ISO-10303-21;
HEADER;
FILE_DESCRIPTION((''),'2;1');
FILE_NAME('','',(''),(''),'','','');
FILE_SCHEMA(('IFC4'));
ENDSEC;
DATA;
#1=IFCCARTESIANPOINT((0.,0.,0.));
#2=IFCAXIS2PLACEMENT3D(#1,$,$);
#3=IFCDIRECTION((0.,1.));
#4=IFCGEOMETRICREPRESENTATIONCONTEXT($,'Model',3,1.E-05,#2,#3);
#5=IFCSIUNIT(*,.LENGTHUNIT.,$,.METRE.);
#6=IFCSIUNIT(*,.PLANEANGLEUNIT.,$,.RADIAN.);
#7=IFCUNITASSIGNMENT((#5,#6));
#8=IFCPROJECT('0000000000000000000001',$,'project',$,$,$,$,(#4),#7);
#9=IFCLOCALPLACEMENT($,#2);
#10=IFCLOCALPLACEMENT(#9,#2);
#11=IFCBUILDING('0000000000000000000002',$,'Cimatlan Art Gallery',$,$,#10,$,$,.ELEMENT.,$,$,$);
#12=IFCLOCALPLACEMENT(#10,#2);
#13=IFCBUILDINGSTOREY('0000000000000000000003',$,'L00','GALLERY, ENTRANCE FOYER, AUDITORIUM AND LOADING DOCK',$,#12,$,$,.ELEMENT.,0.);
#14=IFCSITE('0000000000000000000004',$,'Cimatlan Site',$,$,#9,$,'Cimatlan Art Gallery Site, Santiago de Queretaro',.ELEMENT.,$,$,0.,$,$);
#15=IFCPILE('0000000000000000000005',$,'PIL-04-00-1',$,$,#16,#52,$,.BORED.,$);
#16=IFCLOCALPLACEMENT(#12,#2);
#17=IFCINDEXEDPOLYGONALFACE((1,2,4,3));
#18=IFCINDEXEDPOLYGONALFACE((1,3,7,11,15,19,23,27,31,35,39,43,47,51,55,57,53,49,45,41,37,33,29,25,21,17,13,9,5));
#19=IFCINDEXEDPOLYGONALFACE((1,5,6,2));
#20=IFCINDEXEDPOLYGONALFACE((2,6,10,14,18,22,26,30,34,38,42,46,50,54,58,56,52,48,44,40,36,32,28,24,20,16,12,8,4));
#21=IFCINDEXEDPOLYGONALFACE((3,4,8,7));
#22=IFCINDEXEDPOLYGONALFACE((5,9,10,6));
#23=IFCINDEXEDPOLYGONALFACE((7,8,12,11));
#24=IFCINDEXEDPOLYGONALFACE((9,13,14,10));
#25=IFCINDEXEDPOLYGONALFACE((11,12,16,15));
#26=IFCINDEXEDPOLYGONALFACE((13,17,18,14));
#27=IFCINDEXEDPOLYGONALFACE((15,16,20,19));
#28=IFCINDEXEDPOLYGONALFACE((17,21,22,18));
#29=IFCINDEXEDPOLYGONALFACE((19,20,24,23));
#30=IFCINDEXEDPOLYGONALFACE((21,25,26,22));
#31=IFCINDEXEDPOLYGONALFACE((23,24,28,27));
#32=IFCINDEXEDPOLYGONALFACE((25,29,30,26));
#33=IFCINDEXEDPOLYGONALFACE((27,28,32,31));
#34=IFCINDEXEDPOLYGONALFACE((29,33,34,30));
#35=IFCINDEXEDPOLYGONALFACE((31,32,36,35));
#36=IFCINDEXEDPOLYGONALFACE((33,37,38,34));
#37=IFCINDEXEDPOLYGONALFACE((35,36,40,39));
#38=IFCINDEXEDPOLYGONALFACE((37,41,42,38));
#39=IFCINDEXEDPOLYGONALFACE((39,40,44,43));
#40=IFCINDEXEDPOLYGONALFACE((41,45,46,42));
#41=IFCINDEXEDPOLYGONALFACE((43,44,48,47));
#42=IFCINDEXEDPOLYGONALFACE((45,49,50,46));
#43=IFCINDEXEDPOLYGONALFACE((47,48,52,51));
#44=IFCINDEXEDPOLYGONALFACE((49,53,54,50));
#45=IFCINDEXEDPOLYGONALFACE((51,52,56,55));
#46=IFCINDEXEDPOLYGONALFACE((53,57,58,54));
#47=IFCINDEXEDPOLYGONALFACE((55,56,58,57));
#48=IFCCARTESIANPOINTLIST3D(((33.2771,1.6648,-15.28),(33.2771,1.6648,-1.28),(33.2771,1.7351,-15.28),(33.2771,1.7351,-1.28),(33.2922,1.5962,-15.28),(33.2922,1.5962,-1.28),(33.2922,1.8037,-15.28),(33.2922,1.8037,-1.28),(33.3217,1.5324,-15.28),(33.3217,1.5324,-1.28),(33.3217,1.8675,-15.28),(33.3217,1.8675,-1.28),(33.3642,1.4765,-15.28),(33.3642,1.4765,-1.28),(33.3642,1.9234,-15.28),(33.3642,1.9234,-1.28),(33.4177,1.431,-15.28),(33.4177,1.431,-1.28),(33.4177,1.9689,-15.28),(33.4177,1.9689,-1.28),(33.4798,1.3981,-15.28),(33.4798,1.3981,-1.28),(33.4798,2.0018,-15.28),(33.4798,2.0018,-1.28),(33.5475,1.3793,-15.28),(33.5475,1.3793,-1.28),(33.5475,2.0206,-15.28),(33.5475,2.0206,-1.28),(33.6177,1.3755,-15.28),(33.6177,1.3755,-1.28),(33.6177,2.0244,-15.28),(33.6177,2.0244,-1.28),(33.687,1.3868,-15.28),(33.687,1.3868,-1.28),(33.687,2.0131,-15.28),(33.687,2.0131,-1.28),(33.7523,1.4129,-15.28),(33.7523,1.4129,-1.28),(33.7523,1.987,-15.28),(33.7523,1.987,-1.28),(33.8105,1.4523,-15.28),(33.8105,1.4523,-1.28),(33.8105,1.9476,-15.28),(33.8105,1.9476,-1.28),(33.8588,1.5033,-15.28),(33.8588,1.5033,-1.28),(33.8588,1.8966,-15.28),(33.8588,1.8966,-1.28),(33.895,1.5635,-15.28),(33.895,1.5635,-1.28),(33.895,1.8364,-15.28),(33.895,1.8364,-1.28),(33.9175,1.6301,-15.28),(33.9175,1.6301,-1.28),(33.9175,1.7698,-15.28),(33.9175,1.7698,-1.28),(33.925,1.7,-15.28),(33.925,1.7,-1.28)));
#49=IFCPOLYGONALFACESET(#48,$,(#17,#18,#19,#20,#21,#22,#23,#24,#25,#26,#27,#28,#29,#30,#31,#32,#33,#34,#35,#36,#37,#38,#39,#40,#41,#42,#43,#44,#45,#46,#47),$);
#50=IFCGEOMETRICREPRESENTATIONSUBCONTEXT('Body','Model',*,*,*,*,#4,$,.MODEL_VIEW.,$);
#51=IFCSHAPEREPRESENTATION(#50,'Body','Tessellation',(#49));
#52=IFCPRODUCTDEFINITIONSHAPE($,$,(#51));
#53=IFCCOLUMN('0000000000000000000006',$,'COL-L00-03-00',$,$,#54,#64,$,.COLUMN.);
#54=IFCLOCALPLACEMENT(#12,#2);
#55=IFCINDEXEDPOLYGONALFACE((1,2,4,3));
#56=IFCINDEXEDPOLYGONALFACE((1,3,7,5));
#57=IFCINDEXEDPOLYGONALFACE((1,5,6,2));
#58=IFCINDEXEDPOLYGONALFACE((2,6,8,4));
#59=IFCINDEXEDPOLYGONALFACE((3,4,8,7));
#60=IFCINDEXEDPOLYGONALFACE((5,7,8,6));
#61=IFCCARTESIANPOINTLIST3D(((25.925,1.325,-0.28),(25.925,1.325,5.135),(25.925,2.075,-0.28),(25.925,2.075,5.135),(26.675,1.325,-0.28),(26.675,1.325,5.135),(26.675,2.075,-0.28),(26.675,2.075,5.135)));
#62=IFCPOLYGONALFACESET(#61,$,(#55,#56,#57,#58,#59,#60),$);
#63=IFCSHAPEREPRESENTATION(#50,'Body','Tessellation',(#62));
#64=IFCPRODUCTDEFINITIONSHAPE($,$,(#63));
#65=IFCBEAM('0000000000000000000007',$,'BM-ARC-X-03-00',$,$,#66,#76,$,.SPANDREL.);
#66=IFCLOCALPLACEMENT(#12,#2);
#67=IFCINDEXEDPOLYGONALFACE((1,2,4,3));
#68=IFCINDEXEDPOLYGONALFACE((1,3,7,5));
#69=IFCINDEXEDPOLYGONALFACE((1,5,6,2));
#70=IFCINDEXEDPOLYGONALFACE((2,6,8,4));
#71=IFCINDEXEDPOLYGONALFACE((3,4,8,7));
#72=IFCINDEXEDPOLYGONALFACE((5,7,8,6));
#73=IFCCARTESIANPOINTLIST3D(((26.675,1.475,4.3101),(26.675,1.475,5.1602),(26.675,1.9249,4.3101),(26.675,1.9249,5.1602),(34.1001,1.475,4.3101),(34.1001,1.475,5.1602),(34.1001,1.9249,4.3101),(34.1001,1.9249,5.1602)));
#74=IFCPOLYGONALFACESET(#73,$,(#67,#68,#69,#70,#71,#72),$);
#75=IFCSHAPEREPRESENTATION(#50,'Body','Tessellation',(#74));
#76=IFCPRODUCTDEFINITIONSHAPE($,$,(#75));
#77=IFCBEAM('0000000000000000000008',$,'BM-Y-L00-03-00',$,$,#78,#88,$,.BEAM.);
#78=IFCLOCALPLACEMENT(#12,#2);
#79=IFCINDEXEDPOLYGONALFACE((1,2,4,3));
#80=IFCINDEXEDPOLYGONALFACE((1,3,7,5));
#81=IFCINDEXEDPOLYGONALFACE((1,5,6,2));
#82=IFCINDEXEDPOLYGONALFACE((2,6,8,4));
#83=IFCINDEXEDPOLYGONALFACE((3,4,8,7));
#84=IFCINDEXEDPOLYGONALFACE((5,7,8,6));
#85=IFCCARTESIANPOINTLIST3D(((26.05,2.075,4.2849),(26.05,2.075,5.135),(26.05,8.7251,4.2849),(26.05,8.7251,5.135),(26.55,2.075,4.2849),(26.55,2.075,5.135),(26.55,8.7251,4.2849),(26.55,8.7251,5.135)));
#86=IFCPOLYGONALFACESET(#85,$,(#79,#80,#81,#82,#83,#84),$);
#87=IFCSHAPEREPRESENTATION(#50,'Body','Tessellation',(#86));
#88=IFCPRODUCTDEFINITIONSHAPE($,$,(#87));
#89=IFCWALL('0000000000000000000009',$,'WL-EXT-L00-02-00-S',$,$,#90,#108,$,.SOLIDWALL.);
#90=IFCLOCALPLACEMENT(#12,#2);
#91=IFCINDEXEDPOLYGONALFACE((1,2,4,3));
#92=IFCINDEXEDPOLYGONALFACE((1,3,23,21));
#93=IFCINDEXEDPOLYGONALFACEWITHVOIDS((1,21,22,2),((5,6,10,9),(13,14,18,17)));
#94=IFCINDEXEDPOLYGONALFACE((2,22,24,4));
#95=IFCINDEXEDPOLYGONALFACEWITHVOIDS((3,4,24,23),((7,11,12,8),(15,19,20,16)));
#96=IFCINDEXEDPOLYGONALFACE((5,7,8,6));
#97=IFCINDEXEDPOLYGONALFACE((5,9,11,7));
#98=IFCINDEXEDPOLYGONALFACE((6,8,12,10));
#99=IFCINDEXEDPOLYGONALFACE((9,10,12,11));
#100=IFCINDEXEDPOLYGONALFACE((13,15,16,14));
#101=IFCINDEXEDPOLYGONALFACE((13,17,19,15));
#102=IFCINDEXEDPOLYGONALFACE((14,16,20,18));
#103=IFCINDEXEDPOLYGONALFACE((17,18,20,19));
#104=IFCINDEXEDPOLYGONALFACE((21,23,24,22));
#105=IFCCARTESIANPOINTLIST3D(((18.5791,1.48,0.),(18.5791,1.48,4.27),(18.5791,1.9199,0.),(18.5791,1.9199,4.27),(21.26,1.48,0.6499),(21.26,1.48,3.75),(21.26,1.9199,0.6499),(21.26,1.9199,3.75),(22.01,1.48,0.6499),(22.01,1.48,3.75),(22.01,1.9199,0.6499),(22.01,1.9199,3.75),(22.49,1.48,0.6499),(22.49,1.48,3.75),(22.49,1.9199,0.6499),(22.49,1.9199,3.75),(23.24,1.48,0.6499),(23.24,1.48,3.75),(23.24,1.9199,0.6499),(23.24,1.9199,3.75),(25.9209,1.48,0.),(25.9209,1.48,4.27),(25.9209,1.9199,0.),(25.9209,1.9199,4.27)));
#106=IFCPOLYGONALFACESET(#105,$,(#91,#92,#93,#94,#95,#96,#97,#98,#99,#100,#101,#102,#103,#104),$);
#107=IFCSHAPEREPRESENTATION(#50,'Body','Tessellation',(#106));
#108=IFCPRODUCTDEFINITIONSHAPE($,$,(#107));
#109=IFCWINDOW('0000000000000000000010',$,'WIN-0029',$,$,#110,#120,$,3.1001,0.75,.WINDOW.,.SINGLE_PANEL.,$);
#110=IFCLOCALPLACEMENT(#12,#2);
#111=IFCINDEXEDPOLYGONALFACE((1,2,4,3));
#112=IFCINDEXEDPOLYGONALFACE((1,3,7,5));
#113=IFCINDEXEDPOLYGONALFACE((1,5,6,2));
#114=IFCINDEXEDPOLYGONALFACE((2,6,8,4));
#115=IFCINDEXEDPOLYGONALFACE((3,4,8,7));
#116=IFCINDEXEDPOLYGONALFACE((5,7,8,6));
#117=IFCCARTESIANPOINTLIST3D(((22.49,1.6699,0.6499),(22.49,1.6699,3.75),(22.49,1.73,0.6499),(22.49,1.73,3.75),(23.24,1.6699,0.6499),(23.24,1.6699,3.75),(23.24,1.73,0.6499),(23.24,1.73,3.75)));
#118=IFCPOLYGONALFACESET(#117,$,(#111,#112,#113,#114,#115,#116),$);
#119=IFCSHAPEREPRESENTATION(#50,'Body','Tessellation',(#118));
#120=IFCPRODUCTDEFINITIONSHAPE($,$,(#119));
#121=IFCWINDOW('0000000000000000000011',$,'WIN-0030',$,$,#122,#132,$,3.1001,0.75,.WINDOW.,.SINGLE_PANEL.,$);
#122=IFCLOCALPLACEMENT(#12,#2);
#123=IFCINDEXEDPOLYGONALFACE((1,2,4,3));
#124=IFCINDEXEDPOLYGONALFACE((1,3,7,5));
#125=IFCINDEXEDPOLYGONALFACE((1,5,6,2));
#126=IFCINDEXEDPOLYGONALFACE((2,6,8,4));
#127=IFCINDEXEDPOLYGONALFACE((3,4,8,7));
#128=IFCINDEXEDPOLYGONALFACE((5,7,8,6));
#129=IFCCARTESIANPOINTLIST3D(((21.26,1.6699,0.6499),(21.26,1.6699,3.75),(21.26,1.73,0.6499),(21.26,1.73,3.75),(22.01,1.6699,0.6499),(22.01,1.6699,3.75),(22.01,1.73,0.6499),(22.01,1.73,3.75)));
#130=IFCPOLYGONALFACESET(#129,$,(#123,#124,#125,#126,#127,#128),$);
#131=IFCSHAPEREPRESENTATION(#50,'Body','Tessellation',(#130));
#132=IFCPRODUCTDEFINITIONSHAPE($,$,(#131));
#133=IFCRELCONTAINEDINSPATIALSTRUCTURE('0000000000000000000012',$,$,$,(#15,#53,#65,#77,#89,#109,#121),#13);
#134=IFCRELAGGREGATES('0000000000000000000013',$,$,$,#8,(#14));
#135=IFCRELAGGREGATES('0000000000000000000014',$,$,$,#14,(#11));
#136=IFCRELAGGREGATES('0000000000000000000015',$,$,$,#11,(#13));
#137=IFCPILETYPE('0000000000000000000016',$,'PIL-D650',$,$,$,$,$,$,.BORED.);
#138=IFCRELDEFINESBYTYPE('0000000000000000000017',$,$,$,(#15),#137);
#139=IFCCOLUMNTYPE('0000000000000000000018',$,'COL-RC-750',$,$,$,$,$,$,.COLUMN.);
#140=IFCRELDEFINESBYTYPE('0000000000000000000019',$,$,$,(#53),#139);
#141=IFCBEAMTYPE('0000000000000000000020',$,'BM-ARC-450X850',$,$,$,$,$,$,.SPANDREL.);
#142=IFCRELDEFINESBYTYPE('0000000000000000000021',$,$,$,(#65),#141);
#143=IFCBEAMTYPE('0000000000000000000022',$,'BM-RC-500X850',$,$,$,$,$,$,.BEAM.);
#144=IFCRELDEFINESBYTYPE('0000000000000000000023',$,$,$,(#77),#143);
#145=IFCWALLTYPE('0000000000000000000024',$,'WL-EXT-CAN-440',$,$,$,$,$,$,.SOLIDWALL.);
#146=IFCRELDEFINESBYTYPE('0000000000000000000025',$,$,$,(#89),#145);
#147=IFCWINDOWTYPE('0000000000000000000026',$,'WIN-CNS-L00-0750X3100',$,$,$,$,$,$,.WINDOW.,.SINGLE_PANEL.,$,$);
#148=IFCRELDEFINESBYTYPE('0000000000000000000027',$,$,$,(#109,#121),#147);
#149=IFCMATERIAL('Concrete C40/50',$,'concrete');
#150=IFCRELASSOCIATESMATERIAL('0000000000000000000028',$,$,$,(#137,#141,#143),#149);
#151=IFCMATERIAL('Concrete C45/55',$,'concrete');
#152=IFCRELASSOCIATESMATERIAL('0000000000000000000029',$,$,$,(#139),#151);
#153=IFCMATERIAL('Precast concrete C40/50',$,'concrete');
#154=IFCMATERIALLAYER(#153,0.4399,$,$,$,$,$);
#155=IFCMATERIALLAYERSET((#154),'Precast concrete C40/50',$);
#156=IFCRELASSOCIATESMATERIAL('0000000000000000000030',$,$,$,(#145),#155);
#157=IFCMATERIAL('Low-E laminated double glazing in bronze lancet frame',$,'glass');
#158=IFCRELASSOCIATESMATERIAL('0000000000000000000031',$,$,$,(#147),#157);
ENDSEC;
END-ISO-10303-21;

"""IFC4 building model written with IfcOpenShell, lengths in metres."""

from ifc_helpers import new_model, si_unit, direction, frame, frame_2d, origin, origin_2d, place, context, subcontext, project, spatial, rectangle, circle, extrude, material, layer, layer_set, material_profile, profile_set, type_object, element, fill, save


model = new_model("IFC4")

# Units and contexts
model_context = context("Model", 3, precision=1e-05, world=origin(), true_north=direction((0.0, 1.0)))
body_context = subcontext(model_context, "Body", "Model", "MODEL_VIEW")
ifc_project = project(units=[si_unit("LENGTHUNIT", "METRE"), si_unit("PLANEANGLEUNIT", "RADIAN")], contexts=[model_context])

# Site, building, storey
site_placement = place(None, origin())
site = spatial("IfcSite", under=ifc_project, at=site_placement, Name="Cimatlan Site", LongName="Cimatlan Art Gallery Site, Santiago de Queretaro", CompositionType="ELEMENT", RefElevation=0.0)
building_placement = place(site_placement, origin())
building = spatial("IfcBuilding", under=site, at=building_placement, Name="Cimatlan Art Gallery", CompositionType="ELEMENT")
storey_placement = place(building_placement, origin())
storey = spatial("IfcBuildingStorey", under=building, at=storey_placement, Name="L00", Description="GALLERY, ENTRANCE FOYER, AUDITORIUM AND LOADING DOCK", CompositionType="ELEMENT", Elevation=0.0)

# Shared definitions
ifc_material_1 = material(Name="Concrete C40/50", Category="concrete")

# Pile
pile_type = type_object("IfcPileType", Name="PIL-D650", PredefinedType="BORED", material=ifc_material_1)
for number, where, z_axis, x_axis, name in (
    (1, (33.6001, 1.7, -1.28), (0.0, 0.0, -1.0), (1.0, 0.0, 0.0), "PIL-04-00-1"),
):
    element("IfcPile", number, at=place(storey_placement, frame(where, z_axis=z_axis, x_axis=x_axis)), inside=storey, type_object=pile_type, Name=name, PredefinedType="BORED", context=body_context, shape_type="SweptSolid", body=[
        extrude(circle(Radius=0.325, at=origin_2d()), origin(), (0.0, 0.0, 1.0), 14.0),
    ])

# Column
ifc_material_2 = material(Name="Concrete C45/55", Category="concrete")
ifc_material_profile_1 = material_profile(ifc_material_2, rectangle(XDim=0.75, YDim=0.75, at=origin_2d()), Name="RC750X750")
ifc_profile_set_1 = profile_set([ifc_material_profile_1], Name="Concrete C45/55")
column_type = type_object("IfcColumnType", Name="COL-RC-750", PredefinedType="COLUMN", material=ifc_profile_set_1)
column_placement = place(storey_placement, frame((26.3, 1.7, -0.28), z_axis=(0.0, 0.0, 1.0), x_axis=(1.0, 0.0, 0.0)))
element("IfcColumn", 2, at=column_placement, inside=storey, type_object=column_type, Name="COL-L00-03-00", PredefinedType="COLUMN", context=body_context, shape_type="SweptSolid", body=[
    extrude(rectangle(XDim=0.75, YDim=0.75, at=origin_2d()), origin(), (0.0, 0.0, 1.0), 5.415),
])

# Beams
ifc_material_profile_2 = material_profile(ifc_material_1, rectangle(XDim=0.45, YDim=0.8501, at=origin_2d()), Name="RC450X850")
ifc_profile_set_2 = profile_set([ifc_material_profile_2], Name="Concrete C40/50")
beam_type_1 = type_object("IfcBeamType", Name="BM-ARC-450X850", PredefinedType="SPANDREL", material=ifc_profile_set_2)
beam_1_placement = place(storey_placement, frame((26.675, 1.7, 4.7351), z_axis=(1.0, 0.0, 0.0), x_axis=(0.0, 1.0, 0.0)))
element("IfcBeam", 3, at=beam_1_placement, inside=storey, type_object=beam_type_1, Name="BM-ARC-X-03-00", PredefinedType="SPANDREL", context=body_context, shape_type="SweptSolid", body=[
    extrude(rectangle(XDim=0.45, YDim=0.8501, at=origin_2d()), origin(), (0.0, 0.0, 1.0), 7.425),
])
ifc_material_profile_3 = material_profile(ifc_material_1, rectangle(XDim=0.5, YDim=0.8501, at=origin_2d()), Name="RC500X850")
ifc_profile_set_3 = profile_set([ifc_material_profile_3], Name="Concrete C40/50")
beam_type_2 = type_object("IfcBeamType", Name="BM-RC-500X850", PredefinedType="BEAM", material=ifc_profile_set_3)
beam_2_placement = place(storey_placement, frame((26.3, 2.075, 4.71), z_axis=(0.0, 1.0, 0.0), x_axis=(-1.0, 0.0, 0.0)))
element("IfcBeam", 4, at=beam_2_placement, inside=storey, type_object=beam_type_2, Name="BM-Y-L00-03-00", PredefinedType="BEAM", context=body_context, shape_type="SweptSolid", body=[
    extrude(rectangle(XDim=0.5, YDim=0.8501, at=origin_2d()), origin(), (0.0, 0.0, 1.0), 6.6501),
])

# Wall, openings, windows
ifc_material_3 = material(Name="Precast concrete C40/50", Category="concrete")
ifc_layer_1 = layer(ifc_material_3, 0.4399)
ifc_layer_set_1 = layer_set([ifc_layer_1], Name="Precast concrete C40/50")
wall_type = type_object("IfcWallType", Name="WL-EXT-CAN-440", PredefinedType="SOLIDWALL", material=ifc_layer_set_1)
wall_1_placement = place(storey_placement, frame((25.9209, 1.7, 0.0), z_axis=(0.0, 0.0, 1.0), x_axis=(-1.0, 0.0, 0.0)))
wall_1 = element("IfcWall", 5, at=wall_1_placement, inside=storey, type_object=wall_type, Name="WL-EXT-L00-02-00-S", PredefinedType="SOLIDWALL", context=body_context, shape_type="SweptSolid", body=[
    extrude(rectangle(XDim=7.3418, YDim=0.4399, at=frame_2d((3.6709, 0.0))), origin(), (0.0, 0.0, 1.0), 4.27),
])
opening_1_placement = place(wall_1_placement, frame((2.6809, 0.0, 0.6499)))
opening_1 = element("IfcOpeningElement", 6, at=opening_1_placement, cuts=wall_1, PredefinedType="OPENING", context=body_context, shape_type="SweptSolid", body=[
    extrude(rectangle(XDim=0.75, YDim=3.1001, at=frame_2d((0.375, 1.55))), frame((0.0, 0.23, 0.0), z_axis=(0.0, -1.0, 0.0), x_axis=(1.0, 0.0, 0.0)), (0.0, 0.0, 1.0), 0.46),
])
opening_2_placement = place(wall_1_placement, frame((3.9109, 0.0, 0.6499)))
opening_2 = element("IfcOpeningElement", 7, at=opening_2_placement, cuts=wall_1, PredefinedType="OPENING", context=body_context, shape_type="SweptSolid", body=[
    extrude(rectangle(XDim=0.75, YDim=3.1001, at=frame_2d((0.375, 1.55))), frame((0.0, 0.23, 0.0), z_axis=(0.0, -1.0, 0.0), x_axis=(1.0, 0.0, 0.0)), (0.0, 0.0, 1.0), 0.46),
])
ifc_material_4 = material(Name="Low-E laminated double glazing in bronze lancet frame", Category="glass")
window_type = type_object("IfcWindowType", Name="WIN-CNS-L00-0750X3100", PartitioningType="SINGLE_PANEL", PredefinedType="WINDOW", material=ifc_material_4)
window_1_placement = place(opening_1_placement, origin())
window_1 = element("IfcWindow", 8, at=window_1_placement, inside=storey, type_object=window_type, Name="WIN-0029", OverallHeight=3.1001, OverallWidth=0.75, PartitioningType="SINGLE_PANEL", PredefinedType="WINDOW", context=body_context, shape_type="SweptSolid", body=[
    extrude(rectangle(XDim=0.75, YDim=3.1001, at=frame_2d((0.375, 1.55))), frame((0.0, 0.03, 0.0), z_axis=(0.0, -1.0, 0.0), x_axis=(1.0, 0.0, 0.0)), (0.0, 0.0, 1.0), 0.0601),
])
fill(opening_1, window_1)
window_2_placement = place(opening_2_placement, origin())
window_2 = element("IfcWindow", 9, at=window_2_placement, inside=storey, type_object=window_type, Name="WIN-0030", OverallHeight=3.1001, OverallWidth=0.75, PartitioningType="SINGLE_PANEL", PredefinedType="WINDOW", context=body_context, shape_type="SweptSolid", body=[
    extrude(rectangle(XDim=0.75, YDim=3.1001, at=frame_2d((0.375, 1.55))), frame((0.0, 0.03, 0.0), z_axis=(0.0, -1.0, 0.0), x_axis=(1.0, 0.0, 0.0)), (0.0, 0.0, 1.0), 0.0601),
])
fill(opening_2, window_2)

save(model, "model.ifc")
